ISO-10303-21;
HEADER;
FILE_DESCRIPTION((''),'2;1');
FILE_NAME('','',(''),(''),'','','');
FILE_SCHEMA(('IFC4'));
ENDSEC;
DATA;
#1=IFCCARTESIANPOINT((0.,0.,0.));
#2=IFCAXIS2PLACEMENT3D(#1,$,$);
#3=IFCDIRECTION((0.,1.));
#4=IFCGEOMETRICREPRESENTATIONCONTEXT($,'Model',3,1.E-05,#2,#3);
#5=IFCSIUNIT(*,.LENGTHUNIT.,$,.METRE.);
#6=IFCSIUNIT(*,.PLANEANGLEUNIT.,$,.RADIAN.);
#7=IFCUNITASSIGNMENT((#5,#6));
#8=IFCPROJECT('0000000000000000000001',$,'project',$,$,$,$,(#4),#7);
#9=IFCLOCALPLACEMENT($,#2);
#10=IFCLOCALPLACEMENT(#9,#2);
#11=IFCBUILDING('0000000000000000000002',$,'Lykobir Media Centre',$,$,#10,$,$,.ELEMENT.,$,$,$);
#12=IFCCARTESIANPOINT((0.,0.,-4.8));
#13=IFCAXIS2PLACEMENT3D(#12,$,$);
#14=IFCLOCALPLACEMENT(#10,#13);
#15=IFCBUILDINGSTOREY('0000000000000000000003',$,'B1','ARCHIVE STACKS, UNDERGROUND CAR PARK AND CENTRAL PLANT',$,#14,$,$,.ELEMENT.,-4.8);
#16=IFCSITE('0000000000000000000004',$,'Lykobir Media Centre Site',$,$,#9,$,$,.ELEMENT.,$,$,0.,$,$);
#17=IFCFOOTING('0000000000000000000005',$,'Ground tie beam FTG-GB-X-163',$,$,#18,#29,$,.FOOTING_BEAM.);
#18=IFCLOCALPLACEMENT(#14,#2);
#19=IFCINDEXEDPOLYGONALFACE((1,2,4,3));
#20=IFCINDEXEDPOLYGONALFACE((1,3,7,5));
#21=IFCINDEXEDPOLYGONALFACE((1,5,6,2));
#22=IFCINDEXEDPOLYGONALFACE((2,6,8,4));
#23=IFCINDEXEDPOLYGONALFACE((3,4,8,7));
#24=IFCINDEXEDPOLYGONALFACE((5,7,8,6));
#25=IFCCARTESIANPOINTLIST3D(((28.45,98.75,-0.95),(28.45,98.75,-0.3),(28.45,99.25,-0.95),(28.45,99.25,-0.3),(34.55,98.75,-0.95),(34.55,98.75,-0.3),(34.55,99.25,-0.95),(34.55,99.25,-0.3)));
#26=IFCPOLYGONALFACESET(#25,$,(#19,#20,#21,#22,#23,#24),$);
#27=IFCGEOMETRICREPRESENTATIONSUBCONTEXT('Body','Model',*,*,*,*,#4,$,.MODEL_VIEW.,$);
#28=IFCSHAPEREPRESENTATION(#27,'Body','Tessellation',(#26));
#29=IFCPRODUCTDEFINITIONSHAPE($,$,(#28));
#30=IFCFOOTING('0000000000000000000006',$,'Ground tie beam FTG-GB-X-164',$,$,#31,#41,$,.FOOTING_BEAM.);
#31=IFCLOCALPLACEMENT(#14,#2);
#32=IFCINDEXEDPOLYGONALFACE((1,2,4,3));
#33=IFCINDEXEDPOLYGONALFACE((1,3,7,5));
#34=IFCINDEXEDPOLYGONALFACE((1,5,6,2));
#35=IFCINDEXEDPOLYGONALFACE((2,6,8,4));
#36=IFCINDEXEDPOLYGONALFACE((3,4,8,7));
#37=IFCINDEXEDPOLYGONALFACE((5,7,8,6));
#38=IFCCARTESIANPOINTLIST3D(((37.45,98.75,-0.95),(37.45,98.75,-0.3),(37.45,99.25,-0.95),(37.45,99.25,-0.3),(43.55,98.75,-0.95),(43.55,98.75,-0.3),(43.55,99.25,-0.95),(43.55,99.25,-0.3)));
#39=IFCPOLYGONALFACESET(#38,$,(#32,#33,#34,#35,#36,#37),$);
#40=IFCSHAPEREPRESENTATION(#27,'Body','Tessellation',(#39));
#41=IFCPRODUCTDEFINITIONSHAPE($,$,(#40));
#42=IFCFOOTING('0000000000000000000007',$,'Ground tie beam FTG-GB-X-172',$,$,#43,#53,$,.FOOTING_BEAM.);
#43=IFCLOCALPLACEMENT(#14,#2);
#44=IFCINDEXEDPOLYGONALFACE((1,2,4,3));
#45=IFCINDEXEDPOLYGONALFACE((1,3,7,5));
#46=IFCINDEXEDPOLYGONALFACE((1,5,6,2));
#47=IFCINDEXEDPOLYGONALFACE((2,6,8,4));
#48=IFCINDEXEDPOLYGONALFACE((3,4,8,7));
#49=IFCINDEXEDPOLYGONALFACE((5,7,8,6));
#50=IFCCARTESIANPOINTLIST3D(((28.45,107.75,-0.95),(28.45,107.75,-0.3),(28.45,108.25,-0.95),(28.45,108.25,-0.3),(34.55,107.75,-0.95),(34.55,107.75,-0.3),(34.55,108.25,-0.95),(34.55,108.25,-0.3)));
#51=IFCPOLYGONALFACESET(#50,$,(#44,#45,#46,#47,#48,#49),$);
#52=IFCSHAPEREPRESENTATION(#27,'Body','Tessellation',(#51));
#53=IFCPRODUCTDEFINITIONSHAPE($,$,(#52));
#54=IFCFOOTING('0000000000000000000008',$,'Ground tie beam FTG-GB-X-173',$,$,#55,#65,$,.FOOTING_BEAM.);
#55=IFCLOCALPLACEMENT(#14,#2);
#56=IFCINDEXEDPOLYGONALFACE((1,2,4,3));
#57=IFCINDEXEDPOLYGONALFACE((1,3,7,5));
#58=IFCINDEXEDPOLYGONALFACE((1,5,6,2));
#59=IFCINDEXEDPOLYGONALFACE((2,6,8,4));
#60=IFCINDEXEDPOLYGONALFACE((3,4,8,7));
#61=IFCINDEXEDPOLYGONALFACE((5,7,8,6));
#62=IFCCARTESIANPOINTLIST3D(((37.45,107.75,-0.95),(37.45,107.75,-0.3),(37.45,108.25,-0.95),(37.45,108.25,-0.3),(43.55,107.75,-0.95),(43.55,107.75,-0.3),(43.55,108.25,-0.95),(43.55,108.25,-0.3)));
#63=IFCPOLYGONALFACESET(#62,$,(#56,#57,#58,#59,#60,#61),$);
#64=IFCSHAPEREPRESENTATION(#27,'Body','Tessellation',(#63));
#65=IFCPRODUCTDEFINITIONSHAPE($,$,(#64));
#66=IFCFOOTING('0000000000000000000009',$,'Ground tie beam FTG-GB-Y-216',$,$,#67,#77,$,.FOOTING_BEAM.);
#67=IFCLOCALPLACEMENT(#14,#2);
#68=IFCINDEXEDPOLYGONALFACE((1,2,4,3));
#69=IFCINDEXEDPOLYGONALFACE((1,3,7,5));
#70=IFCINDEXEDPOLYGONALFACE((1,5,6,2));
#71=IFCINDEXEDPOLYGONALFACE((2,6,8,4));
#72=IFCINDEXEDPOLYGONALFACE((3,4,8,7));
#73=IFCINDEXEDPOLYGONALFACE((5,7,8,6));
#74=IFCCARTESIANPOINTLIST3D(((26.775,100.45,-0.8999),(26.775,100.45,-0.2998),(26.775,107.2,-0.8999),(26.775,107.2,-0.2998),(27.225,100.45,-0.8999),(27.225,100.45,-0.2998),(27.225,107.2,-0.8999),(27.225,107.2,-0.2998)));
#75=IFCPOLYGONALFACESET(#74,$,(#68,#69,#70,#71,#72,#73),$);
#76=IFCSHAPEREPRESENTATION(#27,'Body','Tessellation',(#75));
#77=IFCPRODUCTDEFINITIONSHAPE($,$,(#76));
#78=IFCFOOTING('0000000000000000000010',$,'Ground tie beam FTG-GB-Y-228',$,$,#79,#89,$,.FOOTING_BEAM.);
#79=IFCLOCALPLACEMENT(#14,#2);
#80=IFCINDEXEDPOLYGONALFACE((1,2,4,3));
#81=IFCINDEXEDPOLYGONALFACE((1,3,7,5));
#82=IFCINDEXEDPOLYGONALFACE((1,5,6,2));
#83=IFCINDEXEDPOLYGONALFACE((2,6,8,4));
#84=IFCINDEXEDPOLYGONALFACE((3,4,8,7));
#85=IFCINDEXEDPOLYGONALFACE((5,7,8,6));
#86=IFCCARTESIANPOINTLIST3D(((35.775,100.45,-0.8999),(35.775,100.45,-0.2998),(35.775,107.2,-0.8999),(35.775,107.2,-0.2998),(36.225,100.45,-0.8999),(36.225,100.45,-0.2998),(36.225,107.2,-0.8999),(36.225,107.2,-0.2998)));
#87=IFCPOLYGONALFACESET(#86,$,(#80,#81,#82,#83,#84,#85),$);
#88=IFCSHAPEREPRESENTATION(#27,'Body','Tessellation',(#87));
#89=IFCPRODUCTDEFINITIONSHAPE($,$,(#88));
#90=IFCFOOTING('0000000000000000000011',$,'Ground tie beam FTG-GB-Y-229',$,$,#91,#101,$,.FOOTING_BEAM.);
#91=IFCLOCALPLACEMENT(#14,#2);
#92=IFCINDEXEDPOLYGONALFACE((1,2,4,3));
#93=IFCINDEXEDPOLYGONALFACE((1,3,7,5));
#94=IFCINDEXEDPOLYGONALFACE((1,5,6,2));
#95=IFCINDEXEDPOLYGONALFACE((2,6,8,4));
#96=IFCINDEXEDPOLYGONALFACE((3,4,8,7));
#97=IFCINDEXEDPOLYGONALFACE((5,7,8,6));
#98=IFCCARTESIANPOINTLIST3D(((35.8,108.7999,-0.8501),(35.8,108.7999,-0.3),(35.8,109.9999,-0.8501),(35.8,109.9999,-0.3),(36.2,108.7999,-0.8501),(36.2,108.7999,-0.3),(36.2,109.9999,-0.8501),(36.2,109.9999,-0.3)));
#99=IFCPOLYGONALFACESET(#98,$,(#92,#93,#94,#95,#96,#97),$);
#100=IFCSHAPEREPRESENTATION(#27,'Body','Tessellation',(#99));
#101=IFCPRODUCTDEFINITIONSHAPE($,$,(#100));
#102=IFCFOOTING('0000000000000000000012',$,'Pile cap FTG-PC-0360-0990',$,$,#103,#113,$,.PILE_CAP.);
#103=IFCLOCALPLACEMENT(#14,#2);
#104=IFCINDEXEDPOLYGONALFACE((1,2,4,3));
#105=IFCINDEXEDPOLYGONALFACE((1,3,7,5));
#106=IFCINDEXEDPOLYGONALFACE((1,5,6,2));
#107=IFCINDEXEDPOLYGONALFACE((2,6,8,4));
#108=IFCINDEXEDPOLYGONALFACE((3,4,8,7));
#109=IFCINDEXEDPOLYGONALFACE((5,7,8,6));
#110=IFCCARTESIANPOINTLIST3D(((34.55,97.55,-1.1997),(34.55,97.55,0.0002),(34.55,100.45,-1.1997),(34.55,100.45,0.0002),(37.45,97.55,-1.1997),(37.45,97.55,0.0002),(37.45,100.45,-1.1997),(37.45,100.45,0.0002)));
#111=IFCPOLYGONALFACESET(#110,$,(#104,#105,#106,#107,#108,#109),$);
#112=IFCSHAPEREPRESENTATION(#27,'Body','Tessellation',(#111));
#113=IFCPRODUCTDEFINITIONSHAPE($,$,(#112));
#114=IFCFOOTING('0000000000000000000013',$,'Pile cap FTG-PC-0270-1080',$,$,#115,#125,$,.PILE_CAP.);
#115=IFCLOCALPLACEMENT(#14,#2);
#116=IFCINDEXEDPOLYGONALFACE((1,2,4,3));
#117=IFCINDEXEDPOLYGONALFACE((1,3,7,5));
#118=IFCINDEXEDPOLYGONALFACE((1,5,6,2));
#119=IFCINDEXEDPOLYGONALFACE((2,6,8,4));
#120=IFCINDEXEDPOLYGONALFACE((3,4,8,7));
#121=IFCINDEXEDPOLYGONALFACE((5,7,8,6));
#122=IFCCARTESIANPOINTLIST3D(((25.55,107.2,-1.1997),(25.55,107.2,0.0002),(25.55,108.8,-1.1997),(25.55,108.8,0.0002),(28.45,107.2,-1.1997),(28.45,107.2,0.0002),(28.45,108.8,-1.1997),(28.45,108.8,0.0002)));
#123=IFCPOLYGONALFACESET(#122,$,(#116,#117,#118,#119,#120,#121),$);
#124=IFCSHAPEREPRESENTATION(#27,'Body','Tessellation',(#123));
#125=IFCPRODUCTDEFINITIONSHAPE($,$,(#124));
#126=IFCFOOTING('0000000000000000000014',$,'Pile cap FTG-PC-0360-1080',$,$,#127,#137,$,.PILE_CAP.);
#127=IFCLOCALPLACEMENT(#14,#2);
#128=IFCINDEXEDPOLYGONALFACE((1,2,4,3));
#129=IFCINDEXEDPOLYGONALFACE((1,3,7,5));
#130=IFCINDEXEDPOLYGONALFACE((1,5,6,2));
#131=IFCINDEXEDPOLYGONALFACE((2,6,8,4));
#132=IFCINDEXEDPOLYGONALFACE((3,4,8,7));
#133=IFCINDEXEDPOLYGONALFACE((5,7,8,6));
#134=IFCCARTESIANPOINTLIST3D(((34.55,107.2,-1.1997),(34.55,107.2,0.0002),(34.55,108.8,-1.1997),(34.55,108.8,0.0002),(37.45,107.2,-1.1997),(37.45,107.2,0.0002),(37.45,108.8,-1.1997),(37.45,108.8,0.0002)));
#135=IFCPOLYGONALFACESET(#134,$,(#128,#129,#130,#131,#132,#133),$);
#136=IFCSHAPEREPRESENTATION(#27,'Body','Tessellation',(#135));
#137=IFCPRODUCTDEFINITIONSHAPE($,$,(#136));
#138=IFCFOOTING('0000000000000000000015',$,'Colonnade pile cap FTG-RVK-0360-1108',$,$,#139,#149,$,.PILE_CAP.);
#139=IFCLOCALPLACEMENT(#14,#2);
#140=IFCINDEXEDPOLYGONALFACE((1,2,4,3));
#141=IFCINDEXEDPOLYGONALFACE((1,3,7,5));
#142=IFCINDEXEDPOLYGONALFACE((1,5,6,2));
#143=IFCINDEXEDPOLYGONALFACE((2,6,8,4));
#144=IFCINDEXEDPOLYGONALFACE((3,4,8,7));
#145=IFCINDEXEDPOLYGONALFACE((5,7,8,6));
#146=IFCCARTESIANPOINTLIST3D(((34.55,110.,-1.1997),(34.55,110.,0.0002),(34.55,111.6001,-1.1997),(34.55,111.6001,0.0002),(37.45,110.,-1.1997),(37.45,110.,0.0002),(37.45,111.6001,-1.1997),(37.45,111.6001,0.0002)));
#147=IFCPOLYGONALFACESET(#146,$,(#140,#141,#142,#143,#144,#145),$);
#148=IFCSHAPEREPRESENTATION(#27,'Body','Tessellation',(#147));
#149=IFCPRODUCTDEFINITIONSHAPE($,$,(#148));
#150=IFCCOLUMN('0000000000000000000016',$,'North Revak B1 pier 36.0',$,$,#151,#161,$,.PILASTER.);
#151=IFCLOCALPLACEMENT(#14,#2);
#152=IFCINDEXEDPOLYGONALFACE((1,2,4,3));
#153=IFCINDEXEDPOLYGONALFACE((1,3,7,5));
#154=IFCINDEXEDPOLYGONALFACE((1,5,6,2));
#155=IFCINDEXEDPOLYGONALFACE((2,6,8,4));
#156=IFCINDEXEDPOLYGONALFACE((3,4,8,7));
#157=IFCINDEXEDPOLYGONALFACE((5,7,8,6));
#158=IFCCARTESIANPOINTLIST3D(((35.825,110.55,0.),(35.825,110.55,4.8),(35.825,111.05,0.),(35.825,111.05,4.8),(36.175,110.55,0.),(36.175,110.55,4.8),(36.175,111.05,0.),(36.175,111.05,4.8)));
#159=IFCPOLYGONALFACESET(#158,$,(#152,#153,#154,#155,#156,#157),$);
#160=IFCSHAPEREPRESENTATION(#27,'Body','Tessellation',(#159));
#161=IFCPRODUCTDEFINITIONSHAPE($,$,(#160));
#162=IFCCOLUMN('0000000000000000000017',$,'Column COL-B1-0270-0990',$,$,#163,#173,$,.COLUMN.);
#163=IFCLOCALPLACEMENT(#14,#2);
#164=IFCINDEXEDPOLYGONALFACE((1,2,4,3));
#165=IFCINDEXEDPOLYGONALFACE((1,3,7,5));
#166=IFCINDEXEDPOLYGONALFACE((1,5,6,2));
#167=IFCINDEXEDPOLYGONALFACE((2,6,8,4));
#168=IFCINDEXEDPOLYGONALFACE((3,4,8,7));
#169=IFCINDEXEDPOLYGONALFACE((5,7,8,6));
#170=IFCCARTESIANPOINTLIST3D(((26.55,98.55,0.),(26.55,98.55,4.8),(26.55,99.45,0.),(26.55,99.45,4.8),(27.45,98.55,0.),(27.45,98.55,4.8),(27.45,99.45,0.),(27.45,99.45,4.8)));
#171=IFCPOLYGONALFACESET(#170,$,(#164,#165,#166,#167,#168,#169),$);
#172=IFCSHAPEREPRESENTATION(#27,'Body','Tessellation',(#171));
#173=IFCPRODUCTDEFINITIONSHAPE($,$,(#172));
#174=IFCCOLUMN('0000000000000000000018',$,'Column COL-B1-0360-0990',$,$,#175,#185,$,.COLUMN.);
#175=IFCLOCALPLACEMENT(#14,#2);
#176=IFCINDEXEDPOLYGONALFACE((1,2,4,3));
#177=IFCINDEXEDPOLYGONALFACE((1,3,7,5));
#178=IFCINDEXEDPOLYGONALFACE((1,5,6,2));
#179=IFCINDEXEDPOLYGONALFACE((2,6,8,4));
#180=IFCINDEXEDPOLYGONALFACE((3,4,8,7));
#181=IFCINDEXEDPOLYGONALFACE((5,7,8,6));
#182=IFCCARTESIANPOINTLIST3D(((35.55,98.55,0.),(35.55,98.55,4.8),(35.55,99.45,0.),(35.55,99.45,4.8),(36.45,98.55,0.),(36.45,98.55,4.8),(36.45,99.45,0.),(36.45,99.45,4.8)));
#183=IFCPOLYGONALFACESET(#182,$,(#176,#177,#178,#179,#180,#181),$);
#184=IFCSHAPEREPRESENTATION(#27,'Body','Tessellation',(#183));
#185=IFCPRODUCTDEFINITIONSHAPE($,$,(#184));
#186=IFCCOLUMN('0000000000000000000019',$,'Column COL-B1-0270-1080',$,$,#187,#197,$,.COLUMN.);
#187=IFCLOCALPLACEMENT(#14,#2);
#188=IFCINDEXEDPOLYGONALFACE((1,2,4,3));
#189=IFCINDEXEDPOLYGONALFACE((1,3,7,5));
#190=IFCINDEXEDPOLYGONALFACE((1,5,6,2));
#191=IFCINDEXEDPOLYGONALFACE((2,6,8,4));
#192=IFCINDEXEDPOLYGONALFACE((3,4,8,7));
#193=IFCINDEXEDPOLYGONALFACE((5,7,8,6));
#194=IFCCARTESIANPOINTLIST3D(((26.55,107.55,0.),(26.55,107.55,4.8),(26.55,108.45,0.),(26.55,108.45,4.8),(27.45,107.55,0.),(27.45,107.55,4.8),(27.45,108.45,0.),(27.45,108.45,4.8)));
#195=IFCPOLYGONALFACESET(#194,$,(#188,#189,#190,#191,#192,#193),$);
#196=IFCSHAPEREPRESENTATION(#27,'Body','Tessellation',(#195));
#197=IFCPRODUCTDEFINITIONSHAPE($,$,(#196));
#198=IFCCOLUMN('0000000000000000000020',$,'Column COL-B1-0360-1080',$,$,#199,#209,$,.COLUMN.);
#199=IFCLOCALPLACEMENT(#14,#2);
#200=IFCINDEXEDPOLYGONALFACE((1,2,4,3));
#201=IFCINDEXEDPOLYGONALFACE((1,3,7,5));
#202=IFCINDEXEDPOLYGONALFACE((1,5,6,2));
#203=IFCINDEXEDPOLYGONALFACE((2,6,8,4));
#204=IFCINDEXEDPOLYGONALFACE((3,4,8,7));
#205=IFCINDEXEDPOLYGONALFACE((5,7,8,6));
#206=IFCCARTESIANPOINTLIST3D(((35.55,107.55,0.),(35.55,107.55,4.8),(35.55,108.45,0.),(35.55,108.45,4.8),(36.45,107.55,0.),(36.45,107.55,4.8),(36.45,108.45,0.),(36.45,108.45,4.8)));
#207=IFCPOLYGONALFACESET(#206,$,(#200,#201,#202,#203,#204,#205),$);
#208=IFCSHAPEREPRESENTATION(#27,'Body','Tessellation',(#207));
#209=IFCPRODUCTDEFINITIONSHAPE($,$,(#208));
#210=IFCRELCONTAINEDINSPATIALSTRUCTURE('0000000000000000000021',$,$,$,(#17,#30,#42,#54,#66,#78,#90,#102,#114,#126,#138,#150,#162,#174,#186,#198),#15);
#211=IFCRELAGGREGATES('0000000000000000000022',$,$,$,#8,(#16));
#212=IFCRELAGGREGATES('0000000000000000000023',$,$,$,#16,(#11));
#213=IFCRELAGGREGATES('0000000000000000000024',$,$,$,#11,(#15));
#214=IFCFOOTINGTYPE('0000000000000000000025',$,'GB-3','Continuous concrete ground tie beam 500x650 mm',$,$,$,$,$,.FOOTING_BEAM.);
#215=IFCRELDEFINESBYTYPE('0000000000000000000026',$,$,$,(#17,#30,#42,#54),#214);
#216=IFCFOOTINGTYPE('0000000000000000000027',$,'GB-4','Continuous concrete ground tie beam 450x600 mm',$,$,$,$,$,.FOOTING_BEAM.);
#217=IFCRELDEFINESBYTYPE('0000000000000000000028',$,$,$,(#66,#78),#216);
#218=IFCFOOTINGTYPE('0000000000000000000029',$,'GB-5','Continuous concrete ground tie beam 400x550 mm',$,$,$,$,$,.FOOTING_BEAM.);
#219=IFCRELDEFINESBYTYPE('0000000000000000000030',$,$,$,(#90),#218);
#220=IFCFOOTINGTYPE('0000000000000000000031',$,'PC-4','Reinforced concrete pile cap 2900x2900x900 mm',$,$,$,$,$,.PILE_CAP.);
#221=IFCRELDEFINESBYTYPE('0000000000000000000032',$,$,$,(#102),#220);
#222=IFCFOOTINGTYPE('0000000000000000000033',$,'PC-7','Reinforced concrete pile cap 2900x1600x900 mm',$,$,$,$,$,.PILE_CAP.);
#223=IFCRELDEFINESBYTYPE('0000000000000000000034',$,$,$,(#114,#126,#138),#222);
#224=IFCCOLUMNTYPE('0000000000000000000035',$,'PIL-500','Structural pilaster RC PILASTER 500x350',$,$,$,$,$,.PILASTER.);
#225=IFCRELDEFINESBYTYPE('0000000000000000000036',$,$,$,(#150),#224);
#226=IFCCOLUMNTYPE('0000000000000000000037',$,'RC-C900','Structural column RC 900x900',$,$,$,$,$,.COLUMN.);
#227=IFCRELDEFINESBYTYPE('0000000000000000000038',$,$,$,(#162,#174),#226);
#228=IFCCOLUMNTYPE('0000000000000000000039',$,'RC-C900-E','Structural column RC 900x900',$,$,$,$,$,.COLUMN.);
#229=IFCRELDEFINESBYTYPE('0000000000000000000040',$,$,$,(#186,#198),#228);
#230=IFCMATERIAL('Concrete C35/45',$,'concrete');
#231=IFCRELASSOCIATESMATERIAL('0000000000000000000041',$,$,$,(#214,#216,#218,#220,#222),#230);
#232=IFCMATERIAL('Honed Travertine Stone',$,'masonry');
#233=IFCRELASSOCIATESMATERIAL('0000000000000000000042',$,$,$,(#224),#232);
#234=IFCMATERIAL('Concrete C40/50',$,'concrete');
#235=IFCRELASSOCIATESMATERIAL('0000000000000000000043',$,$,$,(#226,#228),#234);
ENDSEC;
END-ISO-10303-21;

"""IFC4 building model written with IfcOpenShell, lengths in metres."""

from ifc_helpers import new_model, si_unit, direction, frame, origin, origin_2d, place, context, subcontext, project, spatial, rectangle, extrude, material, material_profile, profile_set, type_object, element, save


model = new_model("IFC4")

# Units and contexts
model_context = context("Model", 3, precision=1e-05, world=origin(), true_north=direction((0.0, 1.0)))
body_context = subcontext(model_context, "Body", "Model", "MODEL_VIEW")
ifc_project = project(units=[si_unit("LENGTHUNIT", "METRE"), si_unit("PLANEANGLEUNIT", "RADIAN")], contexts=[model_context])

# Site, building, storey
site_placement = place(None, origin())
site = spatial("IfcSite", under=ifc_project, at=site_placement, Name="Lykobir Media Centre Site", CompositionType="ELEMENT", RefElevation=0.0)
building_placement = place(site_placement, origin())
building = spatial("IfcBuilding", under=site, at=building_placement, Name="Lykobir Media Centre", CompositionType="ELEMENT")
storey_placement = place(building_placement, frame((0.0, 0.0, -4.8)))
storey = spatial("IfcBuildingStorey", under=building, at=storey_placement, Name="B1", Description="ARCHIVE STACKS, UNDERGROUND CAR PARK AND CENTRAL PLANT", CompositionType="ELEMENT", Elevation=-4.8)

# Footings
ifc_material_1 = material(Name="Concrete C35/45", Category="concrete")
footing_type_1 = type_object("IfcFootingType", Name="GB-3", Description="Continuous concrete ground tie beam 500x650 mm", PredefinedType="FOOTING_BEAM", material=ifc_material_1)
for number, where, z_axis, x_axis, name in (
    (1, (31.5, 99.0, -0.95), (0.0, 0.0, 1.0), (1.0, 0.0, 0.0), "Ground tie beam FTG-GB-X-163"),
    (2, (40.5, 99.0, -0.95), (0.0, 0.0, 1.0), (1.0, 0.0, 0.0), "Ground tie beam FTG-GB-X-164"),
    (3, (31.5, 108.0, -0.95), (0.0, 0.0, 1.0), (1.0, 0.0, 0.0), "Ground tie beam FTG-GB-X-172"),
    (4, (40.5, 108.0, -0.95), (0.0, 0.0, 1.0), (1.0, 0.0, 0.0), "Ground tie beam FTG-GB-X-173"),
):
    element("IfcFooting", number, at=place(storey_placement, frame(where, z_axis=z_axis, x_axis=x_axis)), inside=storey, type_object=footing_type_1, Name=name, PredefinedType="FOOTING_BEAM", context=body_context, shape_type="SweptSolid", body=[
        extrude(rectangle(XDim=6.1001, YDim=0.5, at=origin_2d()), origin(), (0.0, 0.0, 1.0), 0.6499),
    ])
footing_type_2 = type_object("IfcFootingType", Name="GB-4", Description="Continuous concrete ground tie beam 450x600 mm", PredefinedType="FOOTING_BEAM", material=ifc_material_1)
for number, where, z_axis, x_axis, name in (
    (5, (27.0, 103.825, -0.8999), (0.0, 0.0, 1.0), (0.0, 1.0, 0.0), "Ground tie beam FTG-GB-Y-216"),
    (6, (36.0, 103.825, -0.8999), (0.0, 0.0, 1.0), (0.0, 1.0, 0.0), "Ground tie beam FTG-GB-Y-228"),
):
    element("IfcFooting", number, at=place(storey_placement, frame(where, z_axis=z_axis, x_axis=x_axis)), inside=storey, type_object=footing_type_2, Name=name, PredefinedType="FOOTING_BEAM", context=body_context, shape_type="SweptSolid", body=[
        extrude(rectangle(XDim=6.75, YDim=0.45, at=origin_2d()), origin(), (0.0, 0.0, 1.0), 0.6001),
    ])
footing_type_3 = type_object("IfcFootingType", Name="GB-5", Description="Continuous concrete ground tie beam 400x550 mm", PredefinedType="FOOTING_BEAM", material=ifc_material_1)
footing_1_placement = place(storey_placement, frame((36.0, 109.3999, -0.8501), z_axis=(0.0, 0.0, 1.0), x_axis=(0.0, 1.0, 0.0)))
element("IfcFooting", 7, at=footing_1_placement, inside=storey, type_object=footing_type_3, Name="Ground tie beam FTG-GB-Y-229", PredefinedType="FOOTING_BEAM", context=body_context, shape_type="SweptSolid", body=[
    extrude(rectangle(XDim=1.2, YDim=0.3999, at=origin_2d()), origin(), (0.0, 0.0, 1.0), 0.55),
])
footing_type_4 = type_object("IfcFootingType", Name="PC-4", Description="Reinforced concrete pile cap 2900x2900x900 mm", PredefinedType="PILE_CAP", material=ifc_material_1)
footing_2_placement = place(storey_placement, frame((36.0, 99.0, -1.1997), z_axis=(0.0, 0.0, 1.0), x_axis=(1.0, 0.0, 0.0)))
element("IfcFooting", 8, at=footing_2_placement, inside=storey, type_object=footing_type_4, Name="Pile cap FTG-PC-0360-0990", PredefinedType="PILE_CAP", context=body_context, shape_type="SweptSolid", body=[
    extrude(rectangle(XDim=2.8999, YDim=2.8999, at=origin_2d()), origin(), (0.0, 0.0, 1.0), 1.2),
])
footing_type_5 = type_object("IfcFootingType", Name="PC-7", Description="Reinforced concrete pile cap 2900x1600x900 mm", PredefinedType="PILE_CAP", material=ifc_material_1)
for number, where, z_axis, x_axis, name in (
    (9, (27.0, 108.0, -1.1997), (0.0, 0.0, 1.0), (1.0, 0.0, 0.0), "Pile cap FTG-PC-0270-1080"),
    (10, (36.0, 108.0, -1.1997), (0.0, 0.0, 1.0), (1.0, 0.0, 0.0), "Pile cap FTG-PC-0360-1080"),
    (11, (36.0, 110.8, -1.1997), (0.0, 0.0, 1.0), (1.0, 0.0, 0.0), "Colonnade pile cap FTG-RVK-0360-1108"),
):
    element("IfcFooting", number, at=place(storey_placement, frame(where, z_axis=z_axis, x_axis=x_axis)), inside=storey, type_object=footing_type_5, Name=name, PredefinedType="PILE_CAP", context=body_context, shape_type="SweptSolid", body=[
        extrude(rectangle(XDim=2.8999, YDim=1.6001, at=origin_2d()), origin(), (0.0, 0.0, 1.0), 1.2),
    ])

# Columns
ifc_material_2 = material(Name="Honed Travertine Stone", Category="masonry")
ifc_material_profile_1 = material_profile(ifc_material_2, rectangle(XDim=0.3501, YDim=0.5, at=origin_2d()), Name="RC PILASTER 500x350")
ifc_profile_set_1 = profile_set([ifc_material_profile_1], Name="Honed Travertine Stone")
column_type_1 = type_object("IfcColumnType", Name="PIL-500", Description="Structural pilaster RC PILASTER 500x350", PredefinedType="PILASTER", material=ifc_profile_set_1)
column_placement = place(storey_placement, frame((36.0, 110.8, 0.0), z_axis=(0.0, 0.0, 1.0), x_axis=(1.0, 0.0, 0.0)))
element("IfcColumn", 12, at=column_placement, inside=storey, type_object=column_type_1, Name="North Revak B1 pier 36.0", PredefinedType="PILASTER", context=body_context, shape_type="SweptSolid", body=[
    extrude(rectangle(XDim=0.3501, YDim=0.5, at=origin_2d()), origin(), (0.0, 0.0, 1.0), 4.8),
])
ifc_material_3 = material(Name="Concrete C40/50", Category="concrete")
ifc_material_profile_2 = material_profile(ifc_material_3, rectangle(XDim=0.8999, YDim=0.8999, at=origin_2d()), Name="RC 900x900")
ifc_profile_set_2 = profile_set([ifc_material_profile_2], Name="Concrete C40/50")
column_type_2 = type_object("IfcColumnType", Name="RC-C900", Description="Structural column RC 900x900", PredefinedType="COLUMN", material=ifc_profile_set_2)
for number, where, z_axis, x_axis, name in (
    (13, (27.0, 99.0, 0.0), (0.0, 0.0, 1.0), (1.0, 0.0, 0.0), "Column COL-B1-0270-0990"),
    (14, (36.0, 99.0, 0.0), (0.0, 0.0, 1.0), (1.0, 0.0, 0.0), "Column COL-B1-0360-0990"),
):
    element("IfcColumn", number, at=place(storey_placement, frame(where, z_axis=z_axis, x_axis=x_axis)), inside=storey, type_object=column_type_2, Name=name, PredefinedType="COLUMN", context=body_context, shape_type="SweptSolid", body=[
        extrude(rectangle(XDim=0.8999, YDim=0.8999, at=origin_2d()), origin(), (0.0, 0.0, 1.0), 4.8),
    ])
ifc_material_profile_3 = material_profile(ifc_material_3, rectangle(XDim=0.8999, YDim=0.8999, at=origin_2d()), Name="RC 900x900")
ifc_profile_set_3 = profile_set([ifc_material_profile_3], Name="Concrete C40/50")
column_type_3 = type_object("IfcColumnType", Name="RC-C900-E", Description="Structural column RC 900x900", PredefinedType="COLUMN", material=ifc_profile_set_3)
for number, where, z_axis, x_axis, name in (
    (15, (27.0, 108.0, 0.0), (0.0, 0.0, 1.0), (1.0, 0.0, 0.0), "Column COL-B1-0270-1080"),
    (16, (36.0, 108.0, 0.0), (0.0, 0.0, 1.0), (1.0, 0.0, 0.0), "Column COL-B1-0360-1080"),
):
    element("IfcColumn", number, at=place(storey_placement, frame(where, z_axis=z_axis, x_axis=x_axis)), inside=storey, type_object=column_type_3, Name=name, PredefinedType="COLUMN", context=body_context, shape_type="SweptSolid", body=[
        extrude(rectangle(XDim=0.8999, YDim=0.8999, at=origin_2d()), origin(), (0.0, 0.0, 1.0), 4.8),
    ])

save(model, "model.ifc")
